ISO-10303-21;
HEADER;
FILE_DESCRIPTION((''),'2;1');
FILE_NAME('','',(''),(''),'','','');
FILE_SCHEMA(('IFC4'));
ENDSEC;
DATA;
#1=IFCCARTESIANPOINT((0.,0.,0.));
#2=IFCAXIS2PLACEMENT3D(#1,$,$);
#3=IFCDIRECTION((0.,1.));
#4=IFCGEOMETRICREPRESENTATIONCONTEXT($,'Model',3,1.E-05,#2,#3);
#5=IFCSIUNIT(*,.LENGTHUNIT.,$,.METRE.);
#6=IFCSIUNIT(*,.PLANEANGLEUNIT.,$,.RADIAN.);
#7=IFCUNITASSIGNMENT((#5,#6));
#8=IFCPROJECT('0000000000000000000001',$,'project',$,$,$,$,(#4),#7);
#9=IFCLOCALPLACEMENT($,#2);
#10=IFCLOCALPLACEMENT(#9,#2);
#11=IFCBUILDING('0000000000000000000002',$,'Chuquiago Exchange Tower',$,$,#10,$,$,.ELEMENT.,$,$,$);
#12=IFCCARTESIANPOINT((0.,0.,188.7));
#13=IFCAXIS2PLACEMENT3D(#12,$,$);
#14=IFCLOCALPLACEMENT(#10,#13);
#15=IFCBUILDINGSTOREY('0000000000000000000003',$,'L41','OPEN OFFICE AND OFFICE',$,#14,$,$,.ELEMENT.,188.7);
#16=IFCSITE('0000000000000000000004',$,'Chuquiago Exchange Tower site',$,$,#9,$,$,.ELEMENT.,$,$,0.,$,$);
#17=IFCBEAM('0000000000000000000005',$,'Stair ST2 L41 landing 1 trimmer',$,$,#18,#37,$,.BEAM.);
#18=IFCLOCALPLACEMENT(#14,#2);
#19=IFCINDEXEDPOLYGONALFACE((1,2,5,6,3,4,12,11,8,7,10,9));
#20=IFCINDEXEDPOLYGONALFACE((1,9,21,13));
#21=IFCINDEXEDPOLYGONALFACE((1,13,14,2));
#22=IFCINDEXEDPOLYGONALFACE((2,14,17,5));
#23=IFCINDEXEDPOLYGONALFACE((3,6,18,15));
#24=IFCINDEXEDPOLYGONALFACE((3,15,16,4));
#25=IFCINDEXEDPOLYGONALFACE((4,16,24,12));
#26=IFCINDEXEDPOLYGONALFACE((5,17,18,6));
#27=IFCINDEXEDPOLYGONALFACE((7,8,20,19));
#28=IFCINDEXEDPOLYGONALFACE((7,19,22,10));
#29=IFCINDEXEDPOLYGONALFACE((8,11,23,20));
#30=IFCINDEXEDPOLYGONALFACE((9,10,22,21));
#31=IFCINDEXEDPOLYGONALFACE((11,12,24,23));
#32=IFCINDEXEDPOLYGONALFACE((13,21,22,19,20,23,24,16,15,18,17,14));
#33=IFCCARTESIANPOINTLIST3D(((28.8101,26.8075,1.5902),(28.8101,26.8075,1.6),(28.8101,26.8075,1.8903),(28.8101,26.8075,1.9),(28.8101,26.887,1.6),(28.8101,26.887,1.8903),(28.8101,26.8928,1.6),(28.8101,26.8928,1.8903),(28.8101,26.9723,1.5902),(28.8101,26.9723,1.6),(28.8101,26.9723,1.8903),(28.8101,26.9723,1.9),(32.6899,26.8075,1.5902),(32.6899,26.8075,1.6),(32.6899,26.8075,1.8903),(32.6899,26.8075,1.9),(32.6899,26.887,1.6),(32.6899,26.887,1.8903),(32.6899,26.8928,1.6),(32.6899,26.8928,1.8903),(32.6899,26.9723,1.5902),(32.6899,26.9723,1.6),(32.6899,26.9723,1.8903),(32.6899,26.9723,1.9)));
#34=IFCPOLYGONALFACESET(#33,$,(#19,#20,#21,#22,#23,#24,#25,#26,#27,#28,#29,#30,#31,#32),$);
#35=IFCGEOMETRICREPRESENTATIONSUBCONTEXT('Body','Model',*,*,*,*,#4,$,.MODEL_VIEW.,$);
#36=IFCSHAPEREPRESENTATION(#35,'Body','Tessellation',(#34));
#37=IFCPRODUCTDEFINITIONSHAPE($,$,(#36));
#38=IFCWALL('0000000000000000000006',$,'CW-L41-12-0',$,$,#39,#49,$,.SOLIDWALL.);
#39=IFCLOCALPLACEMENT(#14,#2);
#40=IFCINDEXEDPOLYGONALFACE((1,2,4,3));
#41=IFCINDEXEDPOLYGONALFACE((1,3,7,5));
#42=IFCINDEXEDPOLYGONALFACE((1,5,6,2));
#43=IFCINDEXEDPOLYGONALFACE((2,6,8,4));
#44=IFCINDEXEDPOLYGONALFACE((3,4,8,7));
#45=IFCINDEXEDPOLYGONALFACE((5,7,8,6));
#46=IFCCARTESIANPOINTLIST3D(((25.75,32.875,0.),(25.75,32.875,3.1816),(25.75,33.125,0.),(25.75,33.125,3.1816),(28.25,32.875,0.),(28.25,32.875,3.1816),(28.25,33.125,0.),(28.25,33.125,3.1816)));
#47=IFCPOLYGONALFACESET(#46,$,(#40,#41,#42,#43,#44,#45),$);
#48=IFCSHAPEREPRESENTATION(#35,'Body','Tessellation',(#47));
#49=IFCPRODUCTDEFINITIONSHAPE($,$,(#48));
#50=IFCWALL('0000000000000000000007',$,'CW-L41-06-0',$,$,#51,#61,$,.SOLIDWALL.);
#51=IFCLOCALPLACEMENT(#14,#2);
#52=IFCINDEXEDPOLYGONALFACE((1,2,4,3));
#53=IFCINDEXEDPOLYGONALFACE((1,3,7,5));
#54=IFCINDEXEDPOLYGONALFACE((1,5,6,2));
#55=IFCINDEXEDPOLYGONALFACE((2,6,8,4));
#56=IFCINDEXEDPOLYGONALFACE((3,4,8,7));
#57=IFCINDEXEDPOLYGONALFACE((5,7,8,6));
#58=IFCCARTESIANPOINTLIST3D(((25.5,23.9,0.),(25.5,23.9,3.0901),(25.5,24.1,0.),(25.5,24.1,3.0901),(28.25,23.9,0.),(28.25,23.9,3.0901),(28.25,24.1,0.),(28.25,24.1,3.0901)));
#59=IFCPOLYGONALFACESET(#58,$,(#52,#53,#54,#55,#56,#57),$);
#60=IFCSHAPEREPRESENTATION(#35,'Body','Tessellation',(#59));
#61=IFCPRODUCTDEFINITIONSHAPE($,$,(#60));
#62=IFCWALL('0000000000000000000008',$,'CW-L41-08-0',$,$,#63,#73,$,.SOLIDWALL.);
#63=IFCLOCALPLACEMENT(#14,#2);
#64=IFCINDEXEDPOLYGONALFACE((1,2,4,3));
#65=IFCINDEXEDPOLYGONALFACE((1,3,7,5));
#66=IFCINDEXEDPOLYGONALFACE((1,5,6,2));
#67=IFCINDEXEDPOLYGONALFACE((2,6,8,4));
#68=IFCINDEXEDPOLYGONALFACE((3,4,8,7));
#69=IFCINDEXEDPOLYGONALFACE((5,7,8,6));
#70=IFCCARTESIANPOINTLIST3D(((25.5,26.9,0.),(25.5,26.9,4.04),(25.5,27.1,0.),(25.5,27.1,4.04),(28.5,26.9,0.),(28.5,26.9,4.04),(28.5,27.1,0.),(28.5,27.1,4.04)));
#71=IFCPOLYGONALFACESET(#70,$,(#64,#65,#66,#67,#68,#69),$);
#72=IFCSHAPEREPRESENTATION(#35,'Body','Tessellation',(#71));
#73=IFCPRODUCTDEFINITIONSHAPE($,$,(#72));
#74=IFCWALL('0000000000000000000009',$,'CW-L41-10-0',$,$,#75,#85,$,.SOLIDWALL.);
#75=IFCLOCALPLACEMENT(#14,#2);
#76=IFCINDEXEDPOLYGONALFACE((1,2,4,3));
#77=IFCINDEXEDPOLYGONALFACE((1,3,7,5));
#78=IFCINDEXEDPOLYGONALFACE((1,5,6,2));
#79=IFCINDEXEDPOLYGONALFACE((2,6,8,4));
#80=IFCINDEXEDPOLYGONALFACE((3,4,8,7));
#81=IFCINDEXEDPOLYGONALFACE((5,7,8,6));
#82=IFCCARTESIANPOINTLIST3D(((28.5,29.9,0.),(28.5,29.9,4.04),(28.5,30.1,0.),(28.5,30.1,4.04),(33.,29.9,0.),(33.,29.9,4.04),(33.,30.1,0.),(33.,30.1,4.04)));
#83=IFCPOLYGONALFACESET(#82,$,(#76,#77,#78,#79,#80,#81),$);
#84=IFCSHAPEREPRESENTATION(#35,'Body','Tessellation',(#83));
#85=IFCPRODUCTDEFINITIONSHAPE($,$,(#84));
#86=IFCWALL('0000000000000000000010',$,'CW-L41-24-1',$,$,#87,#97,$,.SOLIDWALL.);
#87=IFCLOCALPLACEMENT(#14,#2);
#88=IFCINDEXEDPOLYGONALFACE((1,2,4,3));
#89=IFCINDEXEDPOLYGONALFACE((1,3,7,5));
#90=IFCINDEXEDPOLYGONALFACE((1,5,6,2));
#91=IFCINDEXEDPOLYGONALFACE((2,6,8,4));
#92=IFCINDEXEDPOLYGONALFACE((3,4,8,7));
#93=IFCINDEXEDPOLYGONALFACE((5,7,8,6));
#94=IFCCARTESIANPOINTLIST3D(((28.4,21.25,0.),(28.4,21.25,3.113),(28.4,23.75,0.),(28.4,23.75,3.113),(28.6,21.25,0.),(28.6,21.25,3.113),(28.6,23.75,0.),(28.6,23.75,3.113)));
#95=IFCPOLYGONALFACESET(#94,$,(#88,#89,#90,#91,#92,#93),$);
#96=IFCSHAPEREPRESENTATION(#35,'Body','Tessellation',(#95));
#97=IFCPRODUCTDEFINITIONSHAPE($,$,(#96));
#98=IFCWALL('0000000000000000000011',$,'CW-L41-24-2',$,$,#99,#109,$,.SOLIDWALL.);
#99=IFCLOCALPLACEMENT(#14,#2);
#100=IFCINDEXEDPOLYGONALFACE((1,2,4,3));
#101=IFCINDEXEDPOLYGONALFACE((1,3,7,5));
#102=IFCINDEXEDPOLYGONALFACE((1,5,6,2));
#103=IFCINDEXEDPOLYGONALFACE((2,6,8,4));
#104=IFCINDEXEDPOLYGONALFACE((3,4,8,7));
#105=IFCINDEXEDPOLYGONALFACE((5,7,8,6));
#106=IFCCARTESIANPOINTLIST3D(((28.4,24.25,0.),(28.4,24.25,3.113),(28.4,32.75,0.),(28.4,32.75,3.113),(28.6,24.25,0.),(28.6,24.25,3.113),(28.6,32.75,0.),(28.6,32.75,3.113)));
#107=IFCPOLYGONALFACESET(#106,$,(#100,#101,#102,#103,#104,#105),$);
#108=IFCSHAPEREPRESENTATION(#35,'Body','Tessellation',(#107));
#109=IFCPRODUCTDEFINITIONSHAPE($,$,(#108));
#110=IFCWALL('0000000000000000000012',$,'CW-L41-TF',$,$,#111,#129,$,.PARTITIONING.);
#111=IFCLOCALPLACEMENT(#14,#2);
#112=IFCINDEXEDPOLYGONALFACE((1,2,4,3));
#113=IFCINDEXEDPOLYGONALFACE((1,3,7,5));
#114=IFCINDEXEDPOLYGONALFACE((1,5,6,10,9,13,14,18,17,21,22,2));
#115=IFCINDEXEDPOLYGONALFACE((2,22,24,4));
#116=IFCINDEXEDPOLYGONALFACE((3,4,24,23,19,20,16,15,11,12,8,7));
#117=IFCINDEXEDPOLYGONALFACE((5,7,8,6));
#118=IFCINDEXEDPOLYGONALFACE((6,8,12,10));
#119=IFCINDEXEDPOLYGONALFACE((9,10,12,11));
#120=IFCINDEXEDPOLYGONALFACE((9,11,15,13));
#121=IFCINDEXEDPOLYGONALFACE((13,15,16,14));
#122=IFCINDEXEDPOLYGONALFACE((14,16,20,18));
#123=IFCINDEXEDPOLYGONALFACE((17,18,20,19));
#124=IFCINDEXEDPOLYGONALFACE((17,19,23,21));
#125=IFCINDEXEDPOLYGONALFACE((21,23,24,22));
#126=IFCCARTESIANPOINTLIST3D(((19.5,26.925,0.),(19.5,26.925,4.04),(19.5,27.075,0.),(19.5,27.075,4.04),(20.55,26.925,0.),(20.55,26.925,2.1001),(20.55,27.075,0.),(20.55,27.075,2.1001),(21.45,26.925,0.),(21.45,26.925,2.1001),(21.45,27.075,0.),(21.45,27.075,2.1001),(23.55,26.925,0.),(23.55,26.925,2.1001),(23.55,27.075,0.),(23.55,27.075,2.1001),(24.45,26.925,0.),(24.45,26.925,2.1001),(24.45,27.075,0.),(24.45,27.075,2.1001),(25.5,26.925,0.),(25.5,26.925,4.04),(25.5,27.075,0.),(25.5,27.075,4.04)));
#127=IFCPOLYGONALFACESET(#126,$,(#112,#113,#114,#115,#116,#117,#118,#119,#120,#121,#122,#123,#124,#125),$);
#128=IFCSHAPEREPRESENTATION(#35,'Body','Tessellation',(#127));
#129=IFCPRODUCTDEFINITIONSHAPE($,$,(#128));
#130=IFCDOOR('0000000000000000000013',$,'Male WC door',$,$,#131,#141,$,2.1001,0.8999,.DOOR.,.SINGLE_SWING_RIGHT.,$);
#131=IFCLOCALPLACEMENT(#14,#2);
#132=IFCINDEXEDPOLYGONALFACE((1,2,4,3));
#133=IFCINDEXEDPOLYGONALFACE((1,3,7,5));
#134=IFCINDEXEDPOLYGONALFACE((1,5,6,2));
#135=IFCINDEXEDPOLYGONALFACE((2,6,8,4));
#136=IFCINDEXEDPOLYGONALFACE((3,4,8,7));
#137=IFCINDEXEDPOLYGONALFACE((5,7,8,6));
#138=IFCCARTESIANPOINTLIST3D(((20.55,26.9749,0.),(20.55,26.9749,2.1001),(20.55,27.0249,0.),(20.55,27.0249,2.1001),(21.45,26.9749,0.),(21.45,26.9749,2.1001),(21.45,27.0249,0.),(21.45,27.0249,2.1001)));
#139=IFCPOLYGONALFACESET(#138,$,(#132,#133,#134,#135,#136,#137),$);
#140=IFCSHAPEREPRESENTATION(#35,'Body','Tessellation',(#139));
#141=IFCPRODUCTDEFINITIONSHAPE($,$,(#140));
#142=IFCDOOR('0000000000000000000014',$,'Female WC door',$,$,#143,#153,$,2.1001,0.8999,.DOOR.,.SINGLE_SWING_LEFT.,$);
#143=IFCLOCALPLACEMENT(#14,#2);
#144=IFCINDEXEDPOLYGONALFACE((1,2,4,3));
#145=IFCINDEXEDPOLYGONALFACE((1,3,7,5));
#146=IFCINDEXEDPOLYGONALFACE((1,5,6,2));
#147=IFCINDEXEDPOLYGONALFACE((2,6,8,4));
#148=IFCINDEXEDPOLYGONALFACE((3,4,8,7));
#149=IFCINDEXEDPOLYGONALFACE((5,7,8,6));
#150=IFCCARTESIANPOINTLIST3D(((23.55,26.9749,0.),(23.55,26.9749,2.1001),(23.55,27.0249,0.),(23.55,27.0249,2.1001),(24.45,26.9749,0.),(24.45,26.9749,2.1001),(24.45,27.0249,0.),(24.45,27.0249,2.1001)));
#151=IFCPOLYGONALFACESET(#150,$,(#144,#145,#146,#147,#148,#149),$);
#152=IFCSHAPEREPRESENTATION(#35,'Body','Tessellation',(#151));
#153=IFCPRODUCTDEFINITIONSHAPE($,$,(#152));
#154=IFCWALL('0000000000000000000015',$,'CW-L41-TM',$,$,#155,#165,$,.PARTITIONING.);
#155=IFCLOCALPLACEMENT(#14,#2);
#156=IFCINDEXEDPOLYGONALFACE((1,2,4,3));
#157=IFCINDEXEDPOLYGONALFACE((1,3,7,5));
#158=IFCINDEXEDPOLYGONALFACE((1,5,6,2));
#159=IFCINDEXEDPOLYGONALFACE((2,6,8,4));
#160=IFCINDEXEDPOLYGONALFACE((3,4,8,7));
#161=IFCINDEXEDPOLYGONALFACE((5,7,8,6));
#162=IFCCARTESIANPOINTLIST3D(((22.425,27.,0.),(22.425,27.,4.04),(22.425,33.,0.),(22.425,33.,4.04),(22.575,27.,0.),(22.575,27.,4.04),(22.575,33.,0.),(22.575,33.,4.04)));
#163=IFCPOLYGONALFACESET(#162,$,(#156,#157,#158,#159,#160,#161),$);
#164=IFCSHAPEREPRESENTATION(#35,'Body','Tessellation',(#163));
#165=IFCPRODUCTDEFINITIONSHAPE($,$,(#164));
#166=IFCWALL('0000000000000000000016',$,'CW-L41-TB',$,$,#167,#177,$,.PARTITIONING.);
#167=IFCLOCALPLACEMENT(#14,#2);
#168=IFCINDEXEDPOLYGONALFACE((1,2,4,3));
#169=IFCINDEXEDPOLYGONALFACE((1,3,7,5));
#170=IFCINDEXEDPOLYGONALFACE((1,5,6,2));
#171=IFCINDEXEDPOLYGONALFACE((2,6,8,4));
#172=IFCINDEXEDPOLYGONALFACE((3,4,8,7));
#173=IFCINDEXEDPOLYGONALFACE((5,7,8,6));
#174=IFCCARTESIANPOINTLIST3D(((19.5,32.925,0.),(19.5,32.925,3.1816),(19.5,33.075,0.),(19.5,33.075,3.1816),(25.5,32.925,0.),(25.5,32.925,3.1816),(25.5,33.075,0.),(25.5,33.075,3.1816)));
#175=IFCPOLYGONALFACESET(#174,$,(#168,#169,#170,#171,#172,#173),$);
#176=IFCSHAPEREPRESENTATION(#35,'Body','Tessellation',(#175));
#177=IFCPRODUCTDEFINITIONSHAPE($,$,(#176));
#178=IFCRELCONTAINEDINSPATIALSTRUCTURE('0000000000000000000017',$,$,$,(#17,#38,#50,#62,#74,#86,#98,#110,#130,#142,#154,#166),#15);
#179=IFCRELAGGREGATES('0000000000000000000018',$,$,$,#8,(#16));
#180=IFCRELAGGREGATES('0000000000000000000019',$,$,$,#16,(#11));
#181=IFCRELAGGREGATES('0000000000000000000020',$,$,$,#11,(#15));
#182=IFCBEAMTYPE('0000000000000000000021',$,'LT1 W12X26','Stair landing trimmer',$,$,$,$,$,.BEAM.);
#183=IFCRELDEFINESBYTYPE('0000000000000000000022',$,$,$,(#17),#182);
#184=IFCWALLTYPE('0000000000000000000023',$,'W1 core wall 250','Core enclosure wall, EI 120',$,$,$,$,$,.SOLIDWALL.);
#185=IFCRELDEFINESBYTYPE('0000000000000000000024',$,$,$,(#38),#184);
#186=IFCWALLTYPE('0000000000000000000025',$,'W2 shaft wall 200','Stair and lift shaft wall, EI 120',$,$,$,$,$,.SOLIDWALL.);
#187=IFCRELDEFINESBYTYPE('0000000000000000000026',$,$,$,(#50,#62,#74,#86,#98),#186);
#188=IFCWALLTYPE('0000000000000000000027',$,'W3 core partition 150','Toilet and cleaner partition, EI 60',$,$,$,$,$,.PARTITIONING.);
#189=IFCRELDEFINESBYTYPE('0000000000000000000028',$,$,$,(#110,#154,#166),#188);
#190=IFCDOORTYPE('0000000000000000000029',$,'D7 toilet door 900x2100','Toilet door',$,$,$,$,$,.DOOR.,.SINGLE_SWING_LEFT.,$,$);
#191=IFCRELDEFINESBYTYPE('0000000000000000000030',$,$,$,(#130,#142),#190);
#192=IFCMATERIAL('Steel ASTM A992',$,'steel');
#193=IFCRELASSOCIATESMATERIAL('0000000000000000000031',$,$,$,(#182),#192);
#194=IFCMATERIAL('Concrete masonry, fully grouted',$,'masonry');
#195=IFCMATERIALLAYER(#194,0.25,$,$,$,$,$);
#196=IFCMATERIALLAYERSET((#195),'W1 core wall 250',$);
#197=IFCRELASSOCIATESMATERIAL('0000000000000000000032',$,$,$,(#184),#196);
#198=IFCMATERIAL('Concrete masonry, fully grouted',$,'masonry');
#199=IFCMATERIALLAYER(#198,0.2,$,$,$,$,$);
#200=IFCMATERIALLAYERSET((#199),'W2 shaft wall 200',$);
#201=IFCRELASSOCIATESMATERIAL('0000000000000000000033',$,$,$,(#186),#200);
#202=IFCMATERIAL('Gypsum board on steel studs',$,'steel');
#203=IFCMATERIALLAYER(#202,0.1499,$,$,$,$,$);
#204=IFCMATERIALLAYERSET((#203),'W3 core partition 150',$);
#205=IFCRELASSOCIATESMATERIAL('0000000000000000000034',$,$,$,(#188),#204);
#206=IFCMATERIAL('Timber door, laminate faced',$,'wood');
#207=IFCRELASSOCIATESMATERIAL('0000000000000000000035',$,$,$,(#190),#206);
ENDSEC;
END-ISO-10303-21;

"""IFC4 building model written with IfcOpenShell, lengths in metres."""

from ifc_helpers import new_model, si_unit, direction, frame, frame_2d, origin, origin_2d, place, context, subcontext, project, spatial, rectangle, i_section, extrude, material, layer, layer_set, material_profile, profile_set, type_object, element, fill, save


model = new_model("IFC4")

# Units and contexts
model_context = context("Model", 3, precision=1e-05, world=origin(), true_north=direction((0.0, 1.0)))
body_context = subcontext(model_context, "Body", "Model", "MODEL_VIEW")
ifc_project = project(units=[si_unit("LENGTHUNIT", "METRE"), si_unit("PLANEANGLEUNIT", "RADIAN")], contexts=[model_context])

# Site, building, storey
site_placement = place(None, origin())
site = spatial("IfcSite", under=ifc_project, at=site_placement, Name="Chuquiago Exchange Tower site", CompositionType="ELEMENT", RefElevation=0.0)
building_placement = place(site_placement, origin())
building = spatial("IfcBuilding", under=site, at=building_placement, Name="Chuquiago Exchange Tower", CompositionType="ELEMENT")
storey_placement = place(building_placement, frame((0.0, 0.0, 188.7)))
storey = spatial("IfcBuildingStorey", under=building, at=storey_placement, Name="L41", Description="OPEN OFFICE AND OFFICE", CompositionType="ELEMENT", Elevation=188.7)

# Beam
ifc_material_1 = material(Name="Steel ASTM A992", Category="steel")
ifc_material_profile_1 = material_profile(ifc_material_1, i_section(OverallWidth=0.1648, OverallDepth=0.3098, WebThickness=0.0059, FlangeThickness=0.0098, at=origin_2d()), Name="W12X26")
ifc_profile_set_1 = profile_set([ifc_material_profile_1], Name="Steel ASTM A992")
beam_type_1 = type_object("IfcBeamType", Name="LT1 W12X26", Description="Stair landing trimmer", PredefinedType="BEAM", material=ifc_profile_set_1)
for number, where, z_axis, x_axis, name in (
    (1, (28.8101, 26.8899, 1.7451), (1.0, 0.0, 0.0), (0.0, 1.0, 0.0), "Stair ST2 L41 landing 1 trimmer"),
):
    element("IfcBeam", number, at=place(storey_placement, frame(where, z_axis=z_axis, x_axis=x_axis)), inside=storey, type_object=beam_type_1, Name=name, PredefinedType="BEAM", context=body_context, shape_type="SweptSolid", body=[
        extrude(i_section(OverallWidth=0.1648, OverallDepth=0.3098, WebThickness=0.0059, FlangeThickness=0.0098, at=origin_2d()), origin(), (0.0, 0.0, 1.0), 3.8799),
    ])

# Walls
ifc_material_2 = material(Name="Concrete masonry, fully grouted", Category="masonry")
ifc_layer_1 = layer(ifc_material_2, 0.25)
ifc_layer_set_1 = layer_set([ifc_layer_1], Name="W1 core wall 250")
wall_type_1 = type_object("IfcWallType", Name="W1 core wall 250", Description="Core enclosure wall, EI 120", PredefinedType="SOLIDWALL", material=ifc_layer_set_1)
wall_1_placement = place(storey_placement, frame((25.75, 33.0, 0.0), z_axis=(0.0, 0.0, 1.0), x_axis=(1.0, 0.0, 0.0)))
element("IfcWall", 2, at=wall_1_placement, inside=storey, type_object=wall_type_1, Name="CW-L41-12-0", PredefinedType="SOLIDWALL", context=body_context, shape_type="SweptSolid", body=[
    extrude(rectangle(XDim=2.5, YDim=0.25, at=frame_2d((1.25, 0.0))), origin(), (0.0, 0.0, 1.0), 3.1816),
])
ifc_material_3 = material(Name="Concrete masonry, fully grouted", Category="masonry")
ifc_layer_2 = layer(ifc_material_3, 0.2)
ifc_layer_set_2 = layer_set([ifc_layer_2], Name="W2 shaft wall 200")
wall_type_2 = type_object("IfcWallType", Name="W2 shaft wall 200", Description="Stair and lift shaft wall, EI 120", PredefinedType="SOLIDWALL", material=ifc_layer_set_2)
wall_2_placement = place(storey_placement, frame((25.5, 24.0, 0.0), z_axis=(0.0, 0.0, 1.0), x_axis=(1.0, 0.0, 0.0)))
element("IfcWall", 3, at=wall_2_placement, inside=storey, type_object=wall_type_2, Name="CW-L41-06-0", PredefinedType="SOLIDWALL", context=body_context, shape_type="SweptSolid", body=[
    extrude(rectangle(XDim=2.75, YDim=0.2, at=frame_2d((1.375, 0.0))), origin(), (0.0, 0.0, 1.0), 3.0901),
])
wall_3_placement = place(storey_placement, frame((25.5, 27.0, 0.0), z_axis=(0.0, 0.0, 1.0), x_axis=(1.0, 0.0, 0.0)))
element("IfcWall", 4, at=wall_3_placement, inside=storey, type_object=wall_type_2, Name="CW-L41-08-0", PredefinedType="SOLIDWALL", context=body_context, shape_type="SweptSolid", body=[
    extrude(rectangle(XDim=3.0, YDim=0.2, at=frame_2d((1.5, 0.0))), origin(), (0.0, 0.0, 1.0), 4.04),
])
wall_4_placement = place(storey_placement, frame((28.5, 30.0, 0.0), z_axis=(0.0, 0.0, 1.0), x_axis=(1.0, 0.0, 0.0)))
element("IfcWall", 5, at=wall_4_placement, inside=storey, type_object=wall_type_2, Name="CW-L41-10-0", PredefinedType="SOLIDWALL", context=body_context, shape_type="SweptSolid", body=[
    extrude(rectangle(XDim=4.5, YDim=0.2, at=frame_2d((2.25, 0.0))), origin(), (0.0, 0.0, 1.0), 4.04),
])
wall_5_placement = place(storey_placement, frame((28.5, 21.25, 0.0), z_axis=(0.0, 0.0, 1.0), x_axis=(0.0, 1.0, 0.0)))
element("IfcWall", 6, at=wall_5_placement, inside=storey, type_object=wall_type_2, Name="CW-L41-24-1", PredefinedType="SOLIDWALL", context=body_context, shape_type="SweptSolid", body=[
    extrude(rectangle(XDim=2.5, YDim=0.2, at=frame_2d((1.25, 0.0))), origin(), (0.0, 0.0, 1.0), 3.113),
])
wall_6_placement = place(storey_placement, frame((28.5, 24.25, 0.0), z_axis=(0.0, 0.0, 1.0), x_axis=(0.0, 1.0, 0.0)))
element("IfcWall", 7, at=wall_6_placement, inside=storey, type_object=wall_type_2, Name="CW-L41-24-2", PredefinedType="SOLIDWALL", context=body_context, shape_type="SweptSolid", body=[
    extrude(rectangle(XDim=8.5, YDim=0.2, at=frame_2d((4.25, 0.0))), origin(), (0.0, 0.0, 1.0), 3.113),
])

# Wall, openings, doors
ifc_material_4 = material(Name="Gypsum board on steel studs", Category="steel")
ifc_layer_3 = layer(ifc_material_4, 0.1499)
ifc_layer_set_3 = layer_set([ifc_layer_3], Name="W3 core partition 150")
wall_type_3 = type_object("IfcWallType", Name="W3 core partition 150", Description="Toilet and cleaner partition, EI 60", PredefinedType="PARTITIONING", material=ifc_layer_set_3)
wall_7_placement = place(storey_placement, frame((19.5, 27.0, 0.0), z_axis=(0.0, 0.0, 1.0), x_axis=(1.0, 0.0, 0.0)))
wall_7 = element("IfcWall", 8, at=wall_7_placement, inside=storey, type_object=wall_type_3, Name="CW-L41-TF", PredefinedType="PARTITIONING", context=body_context, shape_type="SweptSolid", body=[
    extrude(rectangle(XDim=6.0, YDim=0.1499, at=frame_2d((3.0, 0.0))), origin(), (0.0, 0.0, 1.0), 4.04),
])
opening_1_placement = place(wall_7_placement, frame((1.05, 0.0, 0.0)))
opening_1 = element("IfcOpeningElement", 9, at=opening_1_placement, cuts=wall_7, PredefinedType="OPENING", context=body_context, shape_type="SweptSolid", body=[
    extrude(rectangle(XDim=0.8999, YDim=2.1001, at=frame_2d((0.45, 1.05))), frame((0.0, 0.085, 0.0), z_axis=(0.0, -1.0, 0.0), x_axis=(1.0, 0.0, 0.0)), (0.0, 0.0, 1.0), 0.1699),
])
opening_2_placement = place(wall_7_placement, frame((4.05, 0.0, 0.0)))
opening_2 = element("IfcOpeningElement", 10, at=opening_2_placement, cuts=wall_7, PredefinedType="OPENING", context=body_context, shape_type="SweptSolid", body=[
    extrude(rectangle(XDim=0.8999, YDim=2.1001, at=frame_2d((0.45, 1.05))), frame((0.0, 0.085, 0.0), z_axis=(0.0, -1.0, 0.0), x_axis=(1.0, 0.0, 0.0)), (0.0, 0.0, 1.0), 0.1699),
])
ifc_material_5 = material(Name="Timber door, laminate faced", Category="wood")
door_type = type_object("IfcDoorType", Name="D7 toilet door 900x2100", Description="Toilet door", OperationType="SINGLE_SWING_LEFT", PredefinedType="DOOR", material=ifc_material_5)
door_1_placement = place(opening_1_placement, origin())
door_1 = element("IfcDoor", 11, at=door_1_placement, inside=storey, type_object=door_type, Name="Male WC door", OperationType="SINGLE_SWING_RIGHT", OverallHeight=2.1001, OverallWidth=0.8999, PredefinedType="DOOR", context=body_context, shape_type="SweptSolid", body=[
    extrude(rectangle(XDim=0.8999, YDim=2.1001, at=frame_2d((0.45, 1.05))), frame((0.0, 0.0249, 0.0), z_axis=(0.0, -1.0, 0.0), x_axis=(1.0, 0.0, 0.0)), (0.0, 0.0, 1.0), 0.05),
])
fill(opening_1, door_1)
door_2_placement = place(opening_2_placement, origin())
door_2 = element("IfcDoor", 12, at=door_2_placement, inside=storey, type_object=door_type, Name="Female WC door", OperationType="SINGLE_SWING_LEFT", OverallHeight=2.1001, OverallWidth=0.8999, PredefinedType="DOOR", context=body_context, shape_type="SweptSolid", body=[
    extrude(rectangle(XDim=0.8999, YDim=2.1001, at=frame_2d((0.45, 1.05))), frame((0.0, 0.0249, 0.0), z_axis=(0.0, -1.0, 0.0), x_axis=(1.0, 0.0, 0.0)), (0.0, 0.0, 1.0), 0.05),
])
fill(opening_2, door_2)

# Walls
wall_8_placement = place(storey_placement, frame((22.5, 27.0, 0.0), z_axis=(0.0, 0.0, 1.0), x_axis=(0.0, 1.0, 0.0)))
element("IfcWall", 13, at=wall_8_placement, inside=storey, type_object=wall_type_3, Name="CW-L41-TM", PredefinedType="PARTITIONING", context=body_context, shape_type="SweptSolid", body=[
    extrude(rectangle(XDim=6.0, YDim=0.1499, at=frame_2d((3.0, 0.0))), origin(), (0.0, 0.0, 1.0), 4.04),
])
wall_9_placement = place(storey_placement, frame((19.5, 33.0, 0.0), z_axis=(0.0, 0.0, 1.0), x_axis=(1.0, 0.0, 0.0)))
element("IfcWall", 14, at=wall_9_placement, inside=storey, type_object=wall_type_3, Name="CW-L41-TB", PredefinedType="PARTITIONING", context=body_context, shape_type="SweptSolid", body=[
    extrude(rectangle(XDim=6.0, YDim=0.1499, at=frame_2d((3.0, 0.0))), origin(), (0.0, 0.0, 1.0), 3.1816),
])

save(model, "model.ifc")
